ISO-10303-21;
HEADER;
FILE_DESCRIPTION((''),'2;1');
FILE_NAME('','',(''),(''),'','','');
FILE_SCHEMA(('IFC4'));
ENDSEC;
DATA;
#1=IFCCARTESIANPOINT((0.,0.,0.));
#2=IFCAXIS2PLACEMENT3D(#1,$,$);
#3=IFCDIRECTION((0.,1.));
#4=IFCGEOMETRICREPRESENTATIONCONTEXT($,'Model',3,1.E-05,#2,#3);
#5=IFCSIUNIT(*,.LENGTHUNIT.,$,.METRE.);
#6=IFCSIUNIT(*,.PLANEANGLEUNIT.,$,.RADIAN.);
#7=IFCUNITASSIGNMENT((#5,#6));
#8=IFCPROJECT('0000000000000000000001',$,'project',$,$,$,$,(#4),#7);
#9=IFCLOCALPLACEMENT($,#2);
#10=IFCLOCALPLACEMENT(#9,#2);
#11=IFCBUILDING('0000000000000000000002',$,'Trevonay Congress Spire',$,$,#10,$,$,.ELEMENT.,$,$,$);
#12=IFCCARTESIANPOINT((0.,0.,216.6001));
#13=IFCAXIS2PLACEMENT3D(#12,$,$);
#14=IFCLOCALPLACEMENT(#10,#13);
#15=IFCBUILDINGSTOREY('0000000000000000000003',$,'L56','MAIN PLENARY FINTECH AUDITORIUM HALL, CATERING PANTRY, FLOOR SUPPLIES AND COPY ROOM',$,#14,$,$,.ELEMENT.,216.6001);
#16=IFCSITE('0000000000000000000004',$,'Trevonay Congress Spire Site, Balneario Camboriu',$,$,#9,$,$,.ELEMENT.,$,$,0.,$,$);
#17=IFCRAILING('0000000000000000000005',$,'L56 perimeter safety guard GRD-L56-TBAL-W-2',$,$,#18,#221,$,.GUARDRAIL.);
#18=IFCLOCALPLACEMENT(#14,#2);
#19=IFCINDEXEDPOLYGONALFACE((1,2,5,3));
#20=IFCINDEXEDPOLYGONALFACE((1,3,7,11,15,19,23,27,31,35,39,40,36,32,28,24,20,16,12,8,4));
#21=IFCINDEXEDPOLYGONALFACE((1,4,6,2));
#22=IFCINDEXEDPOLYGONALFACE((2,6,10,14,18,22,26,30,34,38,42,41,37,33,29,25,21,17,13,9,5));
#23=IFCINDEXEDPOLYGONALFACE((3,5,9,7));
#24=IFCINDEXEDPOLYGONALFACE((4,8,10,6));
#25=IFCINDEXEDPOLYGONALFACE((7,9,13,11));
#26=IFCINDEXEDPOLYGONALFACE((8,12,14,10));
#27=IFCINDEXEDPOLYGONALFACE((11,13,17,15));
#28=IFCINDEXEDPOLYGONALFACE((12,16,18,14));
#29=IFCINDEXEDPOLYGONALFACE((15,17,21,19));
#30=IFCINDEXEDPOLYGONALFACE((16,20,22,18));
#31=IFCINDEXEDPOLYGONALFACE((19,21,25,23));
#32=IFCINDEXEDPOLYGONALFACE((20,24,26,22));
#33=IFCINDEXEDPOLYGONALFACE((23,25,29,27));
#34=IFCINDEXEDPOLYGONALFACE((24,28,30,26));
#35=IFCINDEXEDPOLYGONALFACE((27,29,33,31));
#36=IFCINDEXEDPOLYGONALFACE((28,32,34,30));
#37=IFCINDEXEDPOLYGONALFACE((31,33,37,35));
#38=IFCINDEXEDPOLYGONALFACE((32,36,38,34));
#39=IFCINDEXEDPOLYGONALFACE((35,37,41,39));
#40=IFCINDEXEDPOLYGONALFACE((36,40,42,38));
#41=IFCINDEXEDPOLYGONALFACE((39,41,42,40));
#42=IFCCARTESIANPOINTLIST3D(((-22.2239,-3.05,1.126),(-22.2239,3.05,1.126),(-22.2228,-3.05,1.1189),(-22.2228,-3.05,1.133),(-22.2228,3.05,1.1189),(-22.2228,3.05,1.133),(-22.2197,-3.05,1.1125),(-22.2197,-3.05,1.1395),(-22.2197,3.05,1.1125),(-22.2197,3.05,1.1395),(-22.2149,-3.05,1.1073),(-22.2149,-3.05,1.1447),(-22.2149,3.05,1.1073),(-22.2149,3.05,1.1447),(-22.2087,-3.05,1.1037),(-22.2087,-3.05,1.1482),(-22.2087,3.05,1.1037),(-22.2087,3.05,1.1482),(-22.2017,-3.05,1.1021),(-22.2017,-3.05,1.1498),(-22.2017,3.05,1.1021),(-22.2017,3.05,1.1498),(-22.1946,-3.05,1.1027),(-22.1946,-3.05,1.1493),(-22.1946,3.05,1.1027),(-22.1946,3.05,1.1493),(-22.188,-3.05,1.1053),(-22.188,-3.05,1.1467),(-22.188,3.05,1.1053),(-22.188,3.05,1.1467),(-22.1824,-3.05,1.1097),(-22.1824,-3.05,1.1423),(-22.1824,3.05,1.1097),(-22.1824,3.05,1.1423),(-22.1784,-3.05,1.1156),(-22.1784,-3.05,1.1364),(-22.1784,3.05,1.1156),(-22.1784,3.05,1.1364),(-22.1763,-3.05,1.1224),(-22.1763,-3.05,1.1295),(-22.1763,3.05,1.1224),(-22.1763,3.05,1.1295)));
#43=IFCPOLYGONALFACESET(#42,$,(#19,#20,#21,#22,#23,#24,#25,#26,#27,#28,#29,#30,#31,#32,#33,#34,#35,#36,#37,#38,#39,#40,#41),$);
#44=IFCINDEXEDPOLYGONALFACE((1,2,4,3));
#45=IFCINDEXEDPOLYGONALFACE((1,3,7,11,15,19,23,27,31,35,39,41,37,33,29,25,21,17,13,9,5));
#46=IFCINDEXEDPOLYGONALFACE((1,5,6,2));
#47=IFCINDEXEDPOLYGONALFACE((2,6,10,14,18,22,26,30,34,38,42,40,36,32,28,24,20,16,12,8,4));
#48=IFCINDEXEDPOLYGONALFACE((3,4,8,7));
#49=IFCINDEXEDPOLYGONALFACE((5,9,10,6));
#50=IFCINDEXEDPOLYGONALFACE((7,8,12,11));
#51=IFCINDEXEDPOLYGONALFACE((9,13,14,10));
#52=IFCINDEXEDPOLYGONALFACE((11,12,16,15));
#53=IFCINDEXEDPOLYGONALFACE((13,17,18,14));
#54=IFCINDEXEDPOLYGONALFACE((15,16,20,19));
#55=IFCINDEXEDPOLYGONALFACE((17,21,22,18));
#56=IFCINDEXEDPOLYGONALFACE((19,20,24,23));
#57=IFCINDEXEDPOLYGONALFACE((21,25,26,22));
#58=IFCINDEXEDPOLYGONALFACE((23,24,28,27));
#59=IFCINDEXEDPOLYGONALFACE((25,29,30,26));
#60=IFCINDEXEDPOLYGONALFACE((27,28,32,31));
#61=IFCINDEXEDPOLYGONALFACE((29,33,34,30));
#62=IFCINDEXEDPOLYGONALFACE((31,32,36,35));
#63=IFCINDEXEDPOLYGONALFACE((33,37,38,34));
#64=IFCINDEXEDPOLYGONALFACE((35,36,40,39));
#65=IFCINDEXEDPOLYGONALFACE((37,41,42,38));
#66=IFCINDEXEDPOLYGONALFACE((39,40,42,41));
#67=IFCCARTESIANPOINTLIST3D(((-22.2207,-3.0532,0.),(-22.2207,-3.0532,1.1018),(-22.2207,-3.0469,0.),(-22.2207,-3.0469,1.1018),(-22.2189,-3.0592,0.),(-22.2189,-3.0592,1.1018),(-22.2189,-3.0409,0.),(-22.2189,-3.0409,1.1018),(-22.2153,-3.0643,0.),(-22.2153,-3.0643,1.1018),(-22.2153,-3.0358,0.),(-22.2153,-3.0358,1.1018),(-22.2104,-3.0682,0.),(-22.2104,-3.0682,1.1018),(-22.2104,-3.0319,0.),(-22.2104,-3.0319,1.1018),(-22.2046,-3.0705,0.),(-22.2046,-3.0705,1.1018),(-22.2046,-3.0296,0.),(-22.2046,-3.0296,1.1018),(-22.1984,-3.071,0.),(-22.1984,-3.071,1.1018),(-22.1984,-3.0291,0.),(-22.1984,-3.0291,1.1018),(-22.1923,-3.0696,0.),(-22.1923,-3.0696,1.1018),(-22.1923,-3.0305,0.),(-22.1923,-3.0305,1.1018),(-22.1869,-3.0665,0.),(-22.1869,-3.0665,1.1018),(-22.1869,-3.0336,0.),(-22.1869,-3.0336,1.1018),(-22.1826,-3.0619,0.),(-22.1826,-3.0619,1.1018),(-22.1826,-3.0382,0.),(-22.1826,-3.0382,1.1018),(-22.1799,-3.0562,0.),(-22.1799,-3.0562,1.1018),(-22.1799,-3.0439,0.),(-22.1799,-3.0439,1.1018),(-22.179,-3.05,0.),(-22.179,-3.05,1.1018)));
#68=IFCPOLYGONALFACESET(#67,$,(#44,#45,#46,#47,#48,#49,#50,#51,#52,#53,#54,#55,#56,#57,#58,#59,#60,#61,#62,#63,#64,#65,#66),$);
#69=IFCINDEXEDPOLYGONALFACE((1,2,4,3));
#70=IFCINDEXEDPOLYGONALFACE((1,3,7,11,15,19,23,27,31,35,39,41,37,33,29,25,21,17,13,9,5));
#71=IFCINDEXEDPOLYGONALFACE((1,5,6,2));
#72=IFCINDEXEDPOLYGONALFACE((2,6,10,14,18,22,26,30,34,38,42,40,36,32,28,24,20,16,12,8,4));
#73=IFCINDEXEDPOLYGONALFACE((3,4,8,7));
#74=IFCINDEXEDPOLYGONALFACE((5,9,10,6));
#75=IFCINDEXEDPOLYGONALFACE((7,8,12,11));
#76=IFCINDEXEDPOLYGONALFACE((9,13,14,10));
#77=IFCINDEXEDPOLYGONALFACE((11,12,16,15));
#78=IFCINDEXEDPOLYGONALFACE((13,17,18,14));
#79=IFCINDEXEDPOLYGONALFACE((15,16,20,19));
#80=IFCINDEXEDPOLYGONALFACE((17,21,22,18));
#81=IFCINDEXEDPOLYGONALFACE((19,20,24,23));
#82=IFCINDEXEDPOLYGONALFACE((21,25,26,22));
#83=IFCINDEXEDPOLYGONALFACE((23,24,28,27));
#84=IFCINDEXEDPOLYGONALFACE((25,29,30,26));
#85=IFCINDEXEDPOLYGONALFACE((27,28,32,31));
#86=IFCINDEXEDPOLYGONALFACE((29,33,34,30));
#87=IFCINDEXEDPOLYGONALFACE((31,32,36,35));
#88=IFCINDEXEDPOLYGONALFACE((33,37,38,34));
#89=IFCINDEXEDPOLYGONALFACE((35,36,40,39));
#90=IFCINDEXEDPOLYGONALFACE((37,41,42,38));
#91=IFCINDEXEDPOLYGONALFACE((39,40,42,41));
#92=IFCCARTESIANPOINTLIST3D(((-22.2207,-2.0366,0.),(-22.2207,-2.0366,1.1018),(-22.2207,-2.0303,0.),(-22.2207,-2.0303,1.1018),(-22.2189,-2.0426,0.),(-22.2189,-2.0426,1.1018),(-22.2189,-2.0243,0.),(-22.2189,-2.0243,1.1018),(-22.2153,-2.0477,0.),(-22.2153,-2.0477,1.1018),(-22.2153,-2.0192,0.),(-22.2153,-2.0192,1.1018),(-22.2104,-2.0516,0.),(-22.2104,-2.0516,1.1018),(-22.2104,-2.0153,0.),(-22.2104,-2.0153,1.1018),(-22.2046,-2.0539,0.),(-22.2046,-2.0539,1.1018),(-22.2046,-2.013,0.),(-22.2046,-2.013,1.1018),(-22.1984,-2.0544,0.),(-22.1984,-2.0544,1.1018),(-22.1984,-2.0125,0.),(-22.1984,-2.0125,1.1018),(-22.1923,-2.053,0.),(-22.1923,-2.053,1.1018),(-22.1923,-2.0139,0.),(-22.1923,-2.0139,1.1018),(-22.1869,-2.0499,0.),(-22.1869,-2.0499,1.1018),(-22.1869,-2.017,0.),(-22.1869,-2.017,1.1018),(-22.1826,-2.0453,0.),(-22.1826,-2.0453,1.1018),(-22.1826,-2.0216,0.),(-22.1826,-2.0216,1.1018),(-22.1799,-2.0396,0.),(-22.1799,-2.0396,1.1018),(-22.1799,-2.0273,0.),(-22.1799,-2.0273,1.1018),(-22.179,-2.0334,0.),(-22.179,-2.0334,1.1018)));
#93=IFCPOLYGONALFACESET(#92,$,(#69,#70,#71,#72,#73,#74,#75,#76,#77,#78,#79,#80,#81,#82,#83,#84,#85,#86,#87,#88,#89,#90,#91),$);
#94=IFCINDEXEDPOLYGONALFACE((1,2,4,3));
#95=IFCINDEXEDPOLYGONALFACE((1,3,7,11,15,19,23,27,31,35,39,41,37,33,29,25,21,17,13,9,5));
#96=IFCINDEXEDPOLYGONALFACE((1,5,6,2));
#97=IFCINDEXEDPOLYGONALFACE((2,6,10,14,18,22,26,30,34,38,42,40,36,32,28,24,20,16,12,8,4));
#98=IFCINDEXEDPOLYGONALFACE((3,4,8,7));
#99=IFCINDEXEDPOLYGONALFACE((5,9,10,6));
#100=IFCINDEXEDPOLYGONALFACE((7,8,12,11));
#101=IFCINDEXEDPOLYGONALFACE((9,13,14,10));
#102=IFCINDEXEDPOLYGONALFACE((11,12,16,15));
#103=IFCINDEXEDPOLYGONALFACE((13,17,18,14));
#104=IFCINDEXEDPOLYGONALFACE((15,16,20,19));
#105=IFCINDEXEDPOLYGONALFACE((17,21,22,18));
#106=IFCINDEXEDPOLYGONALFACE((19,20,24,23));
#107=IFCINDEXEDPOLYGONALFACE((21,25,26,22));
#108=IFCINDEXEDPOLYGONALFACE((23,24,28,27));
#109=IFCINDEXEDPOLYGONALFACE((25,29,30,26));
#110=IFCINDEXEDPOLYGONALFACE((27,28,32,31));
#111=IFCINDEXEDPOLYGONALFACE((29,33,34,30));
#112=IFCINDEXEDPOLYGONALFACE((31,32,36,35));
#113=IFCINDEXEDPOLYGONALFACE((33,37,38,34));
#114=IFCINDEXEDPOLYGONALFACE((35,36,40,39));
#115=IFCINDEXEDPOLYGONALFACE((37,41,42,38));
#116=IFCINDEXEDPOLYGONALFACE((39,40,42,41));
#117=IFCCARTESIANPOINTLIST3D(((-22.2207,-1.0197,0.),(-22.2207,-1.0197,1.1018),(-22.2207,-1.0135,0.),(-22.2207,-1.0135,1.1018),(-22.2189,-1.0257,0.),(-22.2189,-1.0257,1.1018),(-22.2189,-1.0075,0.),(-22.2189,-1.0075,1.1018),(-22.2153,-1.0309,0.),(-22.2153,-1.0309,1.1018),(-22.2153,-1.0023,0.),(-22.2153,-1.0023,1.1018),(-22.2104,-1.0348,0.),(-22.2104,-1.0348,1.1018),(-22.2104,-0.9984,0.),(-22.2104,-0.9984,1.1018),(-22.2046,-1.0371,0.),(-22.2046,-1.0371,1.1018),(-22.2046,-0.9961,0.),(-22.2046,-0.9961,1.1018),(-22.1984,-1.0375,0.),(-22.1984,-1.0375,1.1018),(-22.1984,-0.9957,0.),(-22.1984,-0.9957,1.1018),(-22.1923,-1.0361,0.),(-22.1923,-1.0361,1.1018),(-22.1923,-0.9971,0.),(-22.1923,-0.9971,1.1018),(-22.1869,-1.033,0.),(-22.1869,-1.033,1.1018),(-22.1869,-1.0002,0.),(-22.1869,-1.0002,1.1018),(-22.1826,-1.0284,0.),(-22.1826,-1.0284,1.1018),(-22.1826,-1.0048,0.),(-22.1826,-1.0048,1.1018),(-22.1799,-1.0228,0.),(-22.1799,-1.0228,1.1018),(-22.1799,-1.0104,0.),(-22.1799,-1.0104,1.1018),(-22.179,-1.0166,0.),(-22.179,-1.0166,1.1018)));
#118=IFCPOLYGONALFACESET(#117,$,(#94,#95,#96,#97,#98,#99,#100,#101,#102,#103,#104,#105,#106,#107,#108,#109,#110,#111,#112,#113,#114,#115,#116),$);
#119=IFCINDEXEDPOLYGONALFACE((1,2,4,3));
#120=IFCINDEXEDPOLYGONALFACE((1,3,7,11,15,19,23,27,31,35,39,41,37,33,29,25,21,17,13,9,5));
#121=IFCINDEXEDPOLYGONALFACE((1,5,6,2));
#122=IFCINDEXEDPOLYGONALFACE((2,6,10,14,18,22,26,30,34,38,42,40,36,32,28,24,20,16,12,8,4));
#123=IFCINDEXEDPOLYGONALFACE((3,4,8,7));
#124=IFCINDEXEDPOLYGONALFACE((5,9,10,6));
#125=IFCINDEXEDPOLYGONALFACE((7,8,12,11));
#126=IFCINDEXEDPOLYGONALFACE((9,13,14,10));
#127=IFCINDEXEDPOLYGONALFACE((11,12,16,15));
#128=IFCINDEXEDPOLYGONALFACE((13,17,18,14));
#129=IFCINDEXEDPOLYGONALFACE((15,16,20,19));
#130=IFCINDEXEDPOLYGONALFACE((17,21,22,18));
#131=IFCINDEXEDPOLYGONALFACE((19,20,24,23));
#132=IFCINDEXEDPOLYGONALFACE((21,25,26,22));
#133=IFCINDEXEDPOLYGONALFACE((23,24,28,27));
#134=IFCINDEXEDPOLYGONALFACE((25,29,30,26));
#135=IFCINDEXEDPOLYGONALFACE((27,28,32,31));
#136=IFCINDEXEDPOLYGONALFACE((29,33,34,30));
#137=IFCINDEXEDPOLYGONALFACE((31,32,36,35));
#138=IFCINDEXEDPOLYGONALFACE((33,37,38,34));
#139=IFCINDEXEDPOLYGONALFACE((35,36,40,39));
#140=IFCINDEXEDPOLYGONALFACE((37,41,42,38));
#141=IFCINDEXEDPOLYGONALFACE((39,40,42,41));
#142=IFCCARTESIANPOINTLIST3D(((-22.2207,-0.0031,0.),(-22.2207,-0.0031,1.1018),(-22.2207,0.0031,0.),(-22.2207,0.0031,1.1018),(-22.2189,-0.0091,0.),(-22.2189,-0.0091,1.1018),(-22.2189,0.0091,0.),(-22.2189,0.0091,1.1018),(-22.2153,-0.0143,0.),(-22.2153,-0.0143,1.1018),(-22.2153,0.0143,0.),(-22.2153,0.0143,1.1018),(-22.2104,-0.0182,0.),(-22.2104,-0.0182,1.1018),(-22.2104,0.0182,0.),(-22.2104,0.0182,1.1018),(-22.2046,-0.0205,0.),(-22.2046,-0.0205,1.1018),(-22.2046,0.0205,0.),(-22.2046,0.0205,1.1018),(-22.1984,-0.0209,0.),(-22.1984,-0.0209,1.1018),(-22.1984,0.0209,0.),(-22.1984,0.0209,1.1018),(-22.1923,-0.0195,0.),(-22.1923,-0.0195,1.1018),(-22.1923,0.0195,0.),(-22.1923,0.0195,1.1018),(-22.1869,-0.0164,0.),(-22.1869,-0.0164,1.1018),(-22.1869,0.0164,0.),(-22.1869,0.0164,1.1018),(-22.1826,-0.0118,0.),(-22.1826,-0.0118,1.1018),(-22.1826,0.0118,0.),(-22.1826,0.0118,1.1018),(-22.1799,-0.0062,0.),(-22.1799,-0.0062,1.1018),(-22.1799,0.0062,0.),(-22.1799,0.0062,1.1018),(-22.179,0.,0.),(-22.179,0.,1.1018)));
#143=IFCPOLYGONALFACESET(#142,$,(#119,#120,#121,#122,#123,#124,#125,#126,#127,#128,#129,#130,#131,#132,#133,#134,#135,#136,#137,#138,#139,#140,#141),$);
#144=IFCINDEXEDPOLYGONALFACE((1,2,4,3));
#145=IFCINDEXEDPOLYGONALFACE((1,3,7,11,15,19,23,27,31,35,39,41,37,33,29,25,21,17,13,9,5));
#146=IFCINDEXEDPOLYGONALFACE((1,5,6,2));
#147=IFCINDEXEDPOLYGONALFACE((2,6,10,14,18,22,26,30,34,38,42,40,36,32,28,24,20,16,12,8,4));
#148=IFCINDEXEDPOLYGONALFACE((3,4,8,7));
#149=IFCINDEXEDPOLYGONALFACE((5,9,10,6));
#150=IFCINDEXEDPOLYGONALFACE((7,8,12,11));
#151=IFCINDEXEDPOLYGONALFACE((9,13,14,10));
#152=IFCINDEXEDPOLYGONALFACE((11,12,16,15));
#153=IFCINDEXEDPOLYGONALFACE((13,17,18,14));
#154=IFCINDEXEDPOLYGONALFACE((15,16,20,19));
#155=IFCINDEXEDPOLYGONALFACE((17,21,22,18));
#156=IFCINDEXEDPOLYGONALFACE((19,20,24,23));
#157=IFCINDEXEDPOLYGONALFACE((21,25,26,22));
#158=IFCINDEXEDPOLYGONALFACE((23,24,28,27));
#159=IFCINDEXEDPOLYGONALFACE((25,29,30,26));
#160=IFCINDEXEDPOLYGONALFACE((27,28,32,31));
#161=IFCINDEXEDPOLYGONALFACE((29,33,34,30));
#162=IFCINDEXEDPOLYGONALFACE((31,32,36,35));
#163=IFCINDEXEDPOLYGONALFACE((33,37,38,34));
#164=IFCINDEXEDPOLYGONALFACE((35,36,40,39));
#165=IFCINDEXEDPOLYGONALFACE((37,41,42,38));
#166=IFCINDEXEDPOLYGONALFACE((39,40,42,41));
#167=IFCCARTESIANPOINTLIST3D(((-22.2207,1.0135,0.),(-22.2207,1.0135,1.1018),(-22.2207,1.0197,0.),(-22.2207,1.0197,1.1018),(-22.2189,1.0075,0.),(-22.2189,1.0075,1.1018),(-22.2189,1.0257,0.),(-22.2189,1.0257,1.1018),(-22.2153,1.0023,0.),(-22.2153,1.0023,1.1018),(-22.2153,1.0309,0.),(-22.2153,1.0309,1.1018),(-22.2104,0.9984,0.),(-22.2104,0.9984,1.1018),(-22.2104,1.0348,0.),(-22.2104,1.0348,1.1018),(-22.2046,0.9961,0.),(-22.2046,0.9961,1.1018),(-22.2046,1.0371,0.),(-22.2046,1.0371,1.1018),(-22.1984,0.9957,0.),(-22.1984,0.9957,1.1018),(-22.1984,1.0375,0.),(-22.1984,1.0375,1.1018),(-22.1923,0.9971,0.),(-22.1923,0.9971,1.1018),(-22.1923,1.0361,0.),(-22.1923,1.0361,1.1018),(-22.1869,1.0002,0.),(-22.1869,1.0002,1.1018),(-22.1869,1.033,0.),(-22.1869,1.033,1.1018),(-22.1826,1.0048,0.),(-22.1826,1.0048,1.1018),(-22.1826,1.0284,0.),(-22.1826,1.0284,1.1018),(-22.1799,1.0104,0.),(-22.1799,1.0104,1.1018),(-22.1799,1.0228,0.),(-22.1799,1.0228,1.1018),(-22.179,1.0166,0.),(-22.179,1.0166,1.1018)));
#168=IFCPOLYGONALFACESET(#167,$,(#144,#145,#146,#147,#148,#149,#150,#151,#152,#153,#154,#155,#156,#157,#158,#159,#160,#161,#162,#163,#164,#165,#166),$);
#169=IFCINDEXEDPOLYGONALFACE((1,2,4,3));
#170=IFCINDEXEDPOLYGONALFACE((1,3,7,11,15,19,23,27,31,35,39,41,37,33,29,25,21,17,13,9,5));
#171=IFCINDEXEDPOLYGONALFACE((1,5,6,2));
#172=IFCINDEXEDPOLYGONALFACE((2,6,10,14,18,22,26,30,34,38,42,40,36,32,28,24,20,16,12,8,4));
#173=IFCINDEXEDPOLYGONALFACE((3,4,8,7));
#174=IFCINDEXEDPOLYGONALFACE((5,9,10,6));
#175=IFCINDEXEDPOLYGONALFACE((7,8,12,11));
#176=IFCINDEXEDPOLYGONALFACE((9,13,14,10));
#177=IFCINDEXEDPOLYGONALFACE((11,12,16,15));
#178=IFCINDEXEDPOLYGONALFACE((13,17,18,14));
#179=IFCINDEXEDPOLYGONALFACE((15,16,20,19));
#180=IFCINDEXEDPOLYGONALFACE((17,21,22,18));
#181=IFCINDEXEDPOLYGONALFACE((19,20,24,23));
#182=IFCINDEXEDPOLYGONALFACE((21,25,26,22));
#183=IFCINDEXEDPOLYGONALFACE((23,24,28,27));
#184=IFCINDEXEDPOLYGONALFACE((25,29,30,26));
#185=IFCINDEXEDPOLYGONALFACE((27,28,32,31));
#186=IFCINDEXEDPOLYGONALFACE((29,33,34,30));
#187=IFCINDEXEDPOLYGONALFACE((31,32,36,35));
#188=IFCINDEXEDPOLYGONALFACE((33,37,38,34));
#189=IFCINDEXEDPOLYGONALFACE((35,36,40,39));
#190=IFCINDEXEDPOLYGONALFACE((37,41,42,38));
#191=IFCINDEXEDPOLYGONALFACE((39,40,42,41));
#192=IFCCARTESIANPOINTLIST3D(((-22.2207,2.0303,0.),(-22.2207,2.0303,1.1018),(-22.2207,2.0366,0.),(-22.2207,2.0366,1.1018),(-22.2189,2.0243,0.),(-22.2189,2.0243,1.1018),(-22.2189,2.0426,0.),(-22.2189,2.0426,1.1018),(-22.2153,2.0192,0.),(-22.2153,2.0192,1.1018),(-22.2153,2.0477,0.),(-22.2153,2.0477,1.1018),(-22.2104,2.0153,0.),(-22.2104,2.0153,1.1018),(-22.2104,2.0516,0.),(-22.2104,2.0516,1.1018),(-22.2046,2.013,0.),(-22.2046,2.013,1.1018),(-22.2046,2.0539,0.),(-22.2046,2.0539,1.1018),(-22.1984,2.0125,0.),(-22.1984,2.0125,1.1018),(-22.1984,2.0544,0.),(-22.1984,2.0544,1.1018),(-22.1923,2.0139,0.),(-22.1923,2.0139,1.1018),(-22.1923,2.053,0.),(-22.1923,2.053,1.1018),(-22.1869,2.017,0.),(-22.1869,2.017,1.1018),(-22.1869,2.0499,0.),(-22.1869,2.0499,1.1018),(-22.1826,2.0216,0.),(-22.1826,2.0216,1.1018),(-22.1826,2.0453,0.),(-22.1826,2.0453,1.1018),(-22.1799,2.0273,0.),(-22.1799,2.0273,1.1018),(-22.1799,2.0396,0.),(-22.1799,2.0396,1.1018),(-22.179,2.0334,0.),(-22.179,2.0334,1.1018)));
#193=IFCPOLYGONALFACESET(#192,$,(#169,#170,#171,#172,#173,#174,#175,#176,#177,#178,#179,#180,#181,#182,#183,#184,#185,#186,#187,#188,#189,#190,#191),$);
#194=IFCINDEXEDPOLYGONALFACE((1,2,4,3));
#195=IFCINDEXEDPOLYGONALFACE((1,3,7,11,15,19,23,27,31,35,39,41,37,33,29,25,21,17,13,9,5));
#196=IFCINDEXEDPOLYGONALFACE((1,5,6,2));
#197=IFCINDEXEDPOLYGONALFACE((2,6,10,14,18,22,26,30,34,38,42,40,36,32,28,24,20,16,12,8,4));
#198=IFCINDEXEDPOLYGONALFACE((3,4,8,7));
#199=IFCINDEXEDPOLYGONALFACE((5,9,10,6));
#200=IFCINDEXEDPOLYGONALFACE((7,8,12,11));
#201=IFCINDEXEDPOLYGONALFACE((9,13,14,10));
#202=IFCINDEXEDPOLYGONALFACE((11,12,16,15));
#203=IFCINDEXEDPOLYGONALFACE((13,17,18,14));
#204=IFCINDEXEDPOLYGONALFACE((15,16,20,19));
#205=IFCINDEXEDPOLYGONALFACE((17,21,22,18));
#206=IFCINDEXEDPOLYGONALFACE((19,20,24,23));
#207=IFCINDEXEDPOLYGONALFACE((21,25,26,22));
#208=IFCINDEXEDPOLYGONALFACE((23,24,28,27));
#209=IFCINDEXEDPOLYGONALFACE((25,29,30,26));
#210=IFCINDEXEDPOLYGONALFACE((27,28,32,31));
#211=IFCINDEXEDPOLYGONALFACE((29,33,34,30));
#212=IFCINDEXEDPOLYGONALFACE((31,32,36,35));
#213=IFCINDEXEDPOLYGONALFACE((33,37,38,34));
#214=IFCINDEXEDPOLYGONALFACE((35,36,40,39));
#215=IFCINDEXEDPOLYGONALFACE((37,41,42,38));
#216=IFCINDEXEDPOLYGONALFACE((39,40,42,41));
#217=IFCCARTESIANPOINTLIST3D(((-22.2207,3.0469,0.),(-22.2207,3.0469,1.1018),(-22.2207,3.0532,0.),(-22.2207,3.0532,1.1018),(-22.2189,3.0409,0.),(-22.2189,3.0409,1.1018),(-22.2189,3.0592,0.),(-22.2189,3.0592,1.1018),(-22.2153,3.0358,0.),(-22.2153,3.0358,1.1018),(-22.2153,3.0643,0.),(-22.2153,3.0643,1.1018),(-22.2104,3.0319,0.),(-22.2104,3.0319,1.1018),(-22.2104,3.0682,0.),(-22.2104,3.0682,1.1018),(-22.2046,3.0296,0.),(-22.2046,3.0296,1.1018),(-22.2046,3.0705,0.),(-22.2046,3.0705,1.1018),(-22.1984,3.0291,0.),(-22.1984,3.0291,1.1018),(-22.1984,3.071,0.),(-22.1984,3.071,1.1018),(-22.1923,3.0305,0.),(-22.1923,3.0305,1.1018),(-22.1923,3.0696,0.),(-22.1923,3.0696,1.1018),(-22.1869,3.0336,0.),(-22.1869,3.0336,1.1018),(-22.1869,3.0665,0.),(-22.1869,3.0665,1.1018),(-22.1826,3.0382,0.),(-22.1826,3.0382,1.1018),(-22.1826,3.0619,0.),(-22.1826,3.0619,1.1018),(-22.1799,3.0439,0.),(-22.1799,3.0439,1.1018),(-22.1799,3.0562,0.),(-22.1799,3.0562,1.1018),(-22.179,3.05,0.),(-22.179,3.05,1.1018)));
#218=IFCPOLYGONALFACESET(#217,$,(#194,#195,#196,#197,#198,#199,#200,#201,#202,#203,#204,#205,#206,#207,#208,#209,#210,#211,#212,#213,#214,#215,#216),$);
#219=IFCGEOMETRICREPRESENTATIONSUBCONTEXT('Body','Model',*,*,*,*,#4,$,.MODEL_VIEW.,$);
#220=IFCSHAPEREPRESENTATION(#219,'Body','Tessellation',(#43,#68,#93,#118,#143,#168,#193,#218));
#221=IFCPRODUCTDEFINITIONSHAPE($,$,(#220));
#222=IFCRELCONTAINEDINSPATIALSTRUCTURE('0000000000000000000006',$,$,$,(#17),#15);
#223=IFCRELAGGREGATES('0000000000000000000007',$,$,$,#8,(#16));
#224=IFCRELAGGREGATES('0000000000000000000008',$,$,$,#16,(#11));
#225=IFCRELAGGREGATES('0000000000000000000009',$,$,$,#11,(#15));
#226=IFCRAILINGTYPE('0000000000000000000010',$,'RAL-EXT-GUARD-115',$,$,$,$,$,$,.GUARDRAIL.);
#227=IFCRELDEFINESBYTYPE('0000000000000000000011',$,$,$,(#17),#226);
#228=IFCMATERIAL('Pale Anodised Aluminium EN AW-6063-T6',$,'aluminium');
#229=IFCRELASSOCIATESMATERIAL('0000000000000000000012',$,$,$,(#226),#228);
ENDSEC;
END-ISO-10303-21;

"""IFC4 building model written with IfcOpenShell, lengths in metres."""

from ifc_helpers import new_model, si_unit, direction, frame, origin, origin_2d, place, context, subcontext, project, spatial, circle, extrude, material, type_object, element, save


model = new_model("IFC4")

# Units and contexts
model_context = context("Model", 3, precision=1e-05, world=origin(), true_north=direction((0.0, 1.0)))
body_context = subcontext(model_context, "Body", "Model", "MODEL_VIEW")
ifc_project = project(units=[si_unit("LENGTHUNIT", "METRE"), si_unit("PLANEANGLEUNIT", "RADIAN")], contexts=[model_context])

# Site, building, storey
site_placement = place(None, origin())
site = spatial("IfcSite", under=ifc_project, at=site_placement, Name="Trevonay Congress Spire Site, Balneario Camboriu", CompositionType="ELEMENT", RefElevation=0.0)
building_placement = place(site_placement, origin())
building = spatial("IfcBuilding", under=site, at=building_placement, Name="Trevonay Congress Spire", CompositionType="ELEMENT")
storey_placement = place(building_placement, frame((0.0, 0.0, 216.6001)))
storey = spatial("IfcBuildingStorey", under=building, at=storey_placement, Name="L56", Description="MAIN PLENARY FINTECH AUDITORIUM HALL, CATERING PANTRY, FLOOR SUPPLIES AND COPY ROOM", CompositionType="ELEMENT", Elevation=216.6001)

# Shared definitions
ifc_material_1 = material(Name="Pale Anodised Aluminium EN AW-6063-T6", Category="aluminium")

# Railing
railing_type = type_object("IfcRailingType", Name="RAL-EXT-GUARD-115", PredefinedType="GUARDRAIL", material=ifc_material_1)
railing_1_placement = place(storey_placement, frame((-22.2, -3.05, 0.0)))
element("IfcRailing", 1, at=railing_1_placement, inside=storey, type_object=railing_type, Name="L56 perimeter safety guard GRD-L56-TBAL-W-2", PredefinedType="GUARDRAIL", context=body_context, shape_type="SweptSolid", body=[
    extrude(circle(Radius=0.0239, at=origin_2d()), frame((0.0, 0.0, 1.126), z_axis=(0.0, 1.0, 0.0), x_axis=(-1.0, 0.0, 0.0)), (0.0, 0.0, 1.0), 6.1001),
    extrude(circle(Radius=0.021, at=origin_2d()), origin(), (0.0, 0.0, 1.0), 1.1018),
    extrude(circle(Radius=0.021, at=origin_2d()), frame((0.0, 1.0166, 0.0)), (0.0, 0.0, 1.0), 1.1018),
    extrude(circle(Radius=0.021, at=origin_2d()), frame((0.0, 2.0334, 0.0)), (0.0, 0.0, 1.0), 1.1018),
    extrude(circle(Radius=0.021, at=origin_2d()), frame((0.0, 3.05, 0.0)), (0.0, 0.0, 1.0), 1.1018),
    extrude(circle(Radius=0.021, at=origin_2d()), frame((0.0, 4.0667, 0.0)), (0.0, 0.0, 1.0), 1.1018),
    extrude(circle(Radius=0.021, at=origin_2d()), frame((0.0, 5.0835, 0.0)), (0.0, 0.0, 1.0), 1.1018),
    extrude(circle(Radius=0.021, at=origin_2d()), frame((0.0, 6.1001, 0.0)), (0.0, 0.0, 1.0), 1.1018),
])

save(model, "model.ifc")
